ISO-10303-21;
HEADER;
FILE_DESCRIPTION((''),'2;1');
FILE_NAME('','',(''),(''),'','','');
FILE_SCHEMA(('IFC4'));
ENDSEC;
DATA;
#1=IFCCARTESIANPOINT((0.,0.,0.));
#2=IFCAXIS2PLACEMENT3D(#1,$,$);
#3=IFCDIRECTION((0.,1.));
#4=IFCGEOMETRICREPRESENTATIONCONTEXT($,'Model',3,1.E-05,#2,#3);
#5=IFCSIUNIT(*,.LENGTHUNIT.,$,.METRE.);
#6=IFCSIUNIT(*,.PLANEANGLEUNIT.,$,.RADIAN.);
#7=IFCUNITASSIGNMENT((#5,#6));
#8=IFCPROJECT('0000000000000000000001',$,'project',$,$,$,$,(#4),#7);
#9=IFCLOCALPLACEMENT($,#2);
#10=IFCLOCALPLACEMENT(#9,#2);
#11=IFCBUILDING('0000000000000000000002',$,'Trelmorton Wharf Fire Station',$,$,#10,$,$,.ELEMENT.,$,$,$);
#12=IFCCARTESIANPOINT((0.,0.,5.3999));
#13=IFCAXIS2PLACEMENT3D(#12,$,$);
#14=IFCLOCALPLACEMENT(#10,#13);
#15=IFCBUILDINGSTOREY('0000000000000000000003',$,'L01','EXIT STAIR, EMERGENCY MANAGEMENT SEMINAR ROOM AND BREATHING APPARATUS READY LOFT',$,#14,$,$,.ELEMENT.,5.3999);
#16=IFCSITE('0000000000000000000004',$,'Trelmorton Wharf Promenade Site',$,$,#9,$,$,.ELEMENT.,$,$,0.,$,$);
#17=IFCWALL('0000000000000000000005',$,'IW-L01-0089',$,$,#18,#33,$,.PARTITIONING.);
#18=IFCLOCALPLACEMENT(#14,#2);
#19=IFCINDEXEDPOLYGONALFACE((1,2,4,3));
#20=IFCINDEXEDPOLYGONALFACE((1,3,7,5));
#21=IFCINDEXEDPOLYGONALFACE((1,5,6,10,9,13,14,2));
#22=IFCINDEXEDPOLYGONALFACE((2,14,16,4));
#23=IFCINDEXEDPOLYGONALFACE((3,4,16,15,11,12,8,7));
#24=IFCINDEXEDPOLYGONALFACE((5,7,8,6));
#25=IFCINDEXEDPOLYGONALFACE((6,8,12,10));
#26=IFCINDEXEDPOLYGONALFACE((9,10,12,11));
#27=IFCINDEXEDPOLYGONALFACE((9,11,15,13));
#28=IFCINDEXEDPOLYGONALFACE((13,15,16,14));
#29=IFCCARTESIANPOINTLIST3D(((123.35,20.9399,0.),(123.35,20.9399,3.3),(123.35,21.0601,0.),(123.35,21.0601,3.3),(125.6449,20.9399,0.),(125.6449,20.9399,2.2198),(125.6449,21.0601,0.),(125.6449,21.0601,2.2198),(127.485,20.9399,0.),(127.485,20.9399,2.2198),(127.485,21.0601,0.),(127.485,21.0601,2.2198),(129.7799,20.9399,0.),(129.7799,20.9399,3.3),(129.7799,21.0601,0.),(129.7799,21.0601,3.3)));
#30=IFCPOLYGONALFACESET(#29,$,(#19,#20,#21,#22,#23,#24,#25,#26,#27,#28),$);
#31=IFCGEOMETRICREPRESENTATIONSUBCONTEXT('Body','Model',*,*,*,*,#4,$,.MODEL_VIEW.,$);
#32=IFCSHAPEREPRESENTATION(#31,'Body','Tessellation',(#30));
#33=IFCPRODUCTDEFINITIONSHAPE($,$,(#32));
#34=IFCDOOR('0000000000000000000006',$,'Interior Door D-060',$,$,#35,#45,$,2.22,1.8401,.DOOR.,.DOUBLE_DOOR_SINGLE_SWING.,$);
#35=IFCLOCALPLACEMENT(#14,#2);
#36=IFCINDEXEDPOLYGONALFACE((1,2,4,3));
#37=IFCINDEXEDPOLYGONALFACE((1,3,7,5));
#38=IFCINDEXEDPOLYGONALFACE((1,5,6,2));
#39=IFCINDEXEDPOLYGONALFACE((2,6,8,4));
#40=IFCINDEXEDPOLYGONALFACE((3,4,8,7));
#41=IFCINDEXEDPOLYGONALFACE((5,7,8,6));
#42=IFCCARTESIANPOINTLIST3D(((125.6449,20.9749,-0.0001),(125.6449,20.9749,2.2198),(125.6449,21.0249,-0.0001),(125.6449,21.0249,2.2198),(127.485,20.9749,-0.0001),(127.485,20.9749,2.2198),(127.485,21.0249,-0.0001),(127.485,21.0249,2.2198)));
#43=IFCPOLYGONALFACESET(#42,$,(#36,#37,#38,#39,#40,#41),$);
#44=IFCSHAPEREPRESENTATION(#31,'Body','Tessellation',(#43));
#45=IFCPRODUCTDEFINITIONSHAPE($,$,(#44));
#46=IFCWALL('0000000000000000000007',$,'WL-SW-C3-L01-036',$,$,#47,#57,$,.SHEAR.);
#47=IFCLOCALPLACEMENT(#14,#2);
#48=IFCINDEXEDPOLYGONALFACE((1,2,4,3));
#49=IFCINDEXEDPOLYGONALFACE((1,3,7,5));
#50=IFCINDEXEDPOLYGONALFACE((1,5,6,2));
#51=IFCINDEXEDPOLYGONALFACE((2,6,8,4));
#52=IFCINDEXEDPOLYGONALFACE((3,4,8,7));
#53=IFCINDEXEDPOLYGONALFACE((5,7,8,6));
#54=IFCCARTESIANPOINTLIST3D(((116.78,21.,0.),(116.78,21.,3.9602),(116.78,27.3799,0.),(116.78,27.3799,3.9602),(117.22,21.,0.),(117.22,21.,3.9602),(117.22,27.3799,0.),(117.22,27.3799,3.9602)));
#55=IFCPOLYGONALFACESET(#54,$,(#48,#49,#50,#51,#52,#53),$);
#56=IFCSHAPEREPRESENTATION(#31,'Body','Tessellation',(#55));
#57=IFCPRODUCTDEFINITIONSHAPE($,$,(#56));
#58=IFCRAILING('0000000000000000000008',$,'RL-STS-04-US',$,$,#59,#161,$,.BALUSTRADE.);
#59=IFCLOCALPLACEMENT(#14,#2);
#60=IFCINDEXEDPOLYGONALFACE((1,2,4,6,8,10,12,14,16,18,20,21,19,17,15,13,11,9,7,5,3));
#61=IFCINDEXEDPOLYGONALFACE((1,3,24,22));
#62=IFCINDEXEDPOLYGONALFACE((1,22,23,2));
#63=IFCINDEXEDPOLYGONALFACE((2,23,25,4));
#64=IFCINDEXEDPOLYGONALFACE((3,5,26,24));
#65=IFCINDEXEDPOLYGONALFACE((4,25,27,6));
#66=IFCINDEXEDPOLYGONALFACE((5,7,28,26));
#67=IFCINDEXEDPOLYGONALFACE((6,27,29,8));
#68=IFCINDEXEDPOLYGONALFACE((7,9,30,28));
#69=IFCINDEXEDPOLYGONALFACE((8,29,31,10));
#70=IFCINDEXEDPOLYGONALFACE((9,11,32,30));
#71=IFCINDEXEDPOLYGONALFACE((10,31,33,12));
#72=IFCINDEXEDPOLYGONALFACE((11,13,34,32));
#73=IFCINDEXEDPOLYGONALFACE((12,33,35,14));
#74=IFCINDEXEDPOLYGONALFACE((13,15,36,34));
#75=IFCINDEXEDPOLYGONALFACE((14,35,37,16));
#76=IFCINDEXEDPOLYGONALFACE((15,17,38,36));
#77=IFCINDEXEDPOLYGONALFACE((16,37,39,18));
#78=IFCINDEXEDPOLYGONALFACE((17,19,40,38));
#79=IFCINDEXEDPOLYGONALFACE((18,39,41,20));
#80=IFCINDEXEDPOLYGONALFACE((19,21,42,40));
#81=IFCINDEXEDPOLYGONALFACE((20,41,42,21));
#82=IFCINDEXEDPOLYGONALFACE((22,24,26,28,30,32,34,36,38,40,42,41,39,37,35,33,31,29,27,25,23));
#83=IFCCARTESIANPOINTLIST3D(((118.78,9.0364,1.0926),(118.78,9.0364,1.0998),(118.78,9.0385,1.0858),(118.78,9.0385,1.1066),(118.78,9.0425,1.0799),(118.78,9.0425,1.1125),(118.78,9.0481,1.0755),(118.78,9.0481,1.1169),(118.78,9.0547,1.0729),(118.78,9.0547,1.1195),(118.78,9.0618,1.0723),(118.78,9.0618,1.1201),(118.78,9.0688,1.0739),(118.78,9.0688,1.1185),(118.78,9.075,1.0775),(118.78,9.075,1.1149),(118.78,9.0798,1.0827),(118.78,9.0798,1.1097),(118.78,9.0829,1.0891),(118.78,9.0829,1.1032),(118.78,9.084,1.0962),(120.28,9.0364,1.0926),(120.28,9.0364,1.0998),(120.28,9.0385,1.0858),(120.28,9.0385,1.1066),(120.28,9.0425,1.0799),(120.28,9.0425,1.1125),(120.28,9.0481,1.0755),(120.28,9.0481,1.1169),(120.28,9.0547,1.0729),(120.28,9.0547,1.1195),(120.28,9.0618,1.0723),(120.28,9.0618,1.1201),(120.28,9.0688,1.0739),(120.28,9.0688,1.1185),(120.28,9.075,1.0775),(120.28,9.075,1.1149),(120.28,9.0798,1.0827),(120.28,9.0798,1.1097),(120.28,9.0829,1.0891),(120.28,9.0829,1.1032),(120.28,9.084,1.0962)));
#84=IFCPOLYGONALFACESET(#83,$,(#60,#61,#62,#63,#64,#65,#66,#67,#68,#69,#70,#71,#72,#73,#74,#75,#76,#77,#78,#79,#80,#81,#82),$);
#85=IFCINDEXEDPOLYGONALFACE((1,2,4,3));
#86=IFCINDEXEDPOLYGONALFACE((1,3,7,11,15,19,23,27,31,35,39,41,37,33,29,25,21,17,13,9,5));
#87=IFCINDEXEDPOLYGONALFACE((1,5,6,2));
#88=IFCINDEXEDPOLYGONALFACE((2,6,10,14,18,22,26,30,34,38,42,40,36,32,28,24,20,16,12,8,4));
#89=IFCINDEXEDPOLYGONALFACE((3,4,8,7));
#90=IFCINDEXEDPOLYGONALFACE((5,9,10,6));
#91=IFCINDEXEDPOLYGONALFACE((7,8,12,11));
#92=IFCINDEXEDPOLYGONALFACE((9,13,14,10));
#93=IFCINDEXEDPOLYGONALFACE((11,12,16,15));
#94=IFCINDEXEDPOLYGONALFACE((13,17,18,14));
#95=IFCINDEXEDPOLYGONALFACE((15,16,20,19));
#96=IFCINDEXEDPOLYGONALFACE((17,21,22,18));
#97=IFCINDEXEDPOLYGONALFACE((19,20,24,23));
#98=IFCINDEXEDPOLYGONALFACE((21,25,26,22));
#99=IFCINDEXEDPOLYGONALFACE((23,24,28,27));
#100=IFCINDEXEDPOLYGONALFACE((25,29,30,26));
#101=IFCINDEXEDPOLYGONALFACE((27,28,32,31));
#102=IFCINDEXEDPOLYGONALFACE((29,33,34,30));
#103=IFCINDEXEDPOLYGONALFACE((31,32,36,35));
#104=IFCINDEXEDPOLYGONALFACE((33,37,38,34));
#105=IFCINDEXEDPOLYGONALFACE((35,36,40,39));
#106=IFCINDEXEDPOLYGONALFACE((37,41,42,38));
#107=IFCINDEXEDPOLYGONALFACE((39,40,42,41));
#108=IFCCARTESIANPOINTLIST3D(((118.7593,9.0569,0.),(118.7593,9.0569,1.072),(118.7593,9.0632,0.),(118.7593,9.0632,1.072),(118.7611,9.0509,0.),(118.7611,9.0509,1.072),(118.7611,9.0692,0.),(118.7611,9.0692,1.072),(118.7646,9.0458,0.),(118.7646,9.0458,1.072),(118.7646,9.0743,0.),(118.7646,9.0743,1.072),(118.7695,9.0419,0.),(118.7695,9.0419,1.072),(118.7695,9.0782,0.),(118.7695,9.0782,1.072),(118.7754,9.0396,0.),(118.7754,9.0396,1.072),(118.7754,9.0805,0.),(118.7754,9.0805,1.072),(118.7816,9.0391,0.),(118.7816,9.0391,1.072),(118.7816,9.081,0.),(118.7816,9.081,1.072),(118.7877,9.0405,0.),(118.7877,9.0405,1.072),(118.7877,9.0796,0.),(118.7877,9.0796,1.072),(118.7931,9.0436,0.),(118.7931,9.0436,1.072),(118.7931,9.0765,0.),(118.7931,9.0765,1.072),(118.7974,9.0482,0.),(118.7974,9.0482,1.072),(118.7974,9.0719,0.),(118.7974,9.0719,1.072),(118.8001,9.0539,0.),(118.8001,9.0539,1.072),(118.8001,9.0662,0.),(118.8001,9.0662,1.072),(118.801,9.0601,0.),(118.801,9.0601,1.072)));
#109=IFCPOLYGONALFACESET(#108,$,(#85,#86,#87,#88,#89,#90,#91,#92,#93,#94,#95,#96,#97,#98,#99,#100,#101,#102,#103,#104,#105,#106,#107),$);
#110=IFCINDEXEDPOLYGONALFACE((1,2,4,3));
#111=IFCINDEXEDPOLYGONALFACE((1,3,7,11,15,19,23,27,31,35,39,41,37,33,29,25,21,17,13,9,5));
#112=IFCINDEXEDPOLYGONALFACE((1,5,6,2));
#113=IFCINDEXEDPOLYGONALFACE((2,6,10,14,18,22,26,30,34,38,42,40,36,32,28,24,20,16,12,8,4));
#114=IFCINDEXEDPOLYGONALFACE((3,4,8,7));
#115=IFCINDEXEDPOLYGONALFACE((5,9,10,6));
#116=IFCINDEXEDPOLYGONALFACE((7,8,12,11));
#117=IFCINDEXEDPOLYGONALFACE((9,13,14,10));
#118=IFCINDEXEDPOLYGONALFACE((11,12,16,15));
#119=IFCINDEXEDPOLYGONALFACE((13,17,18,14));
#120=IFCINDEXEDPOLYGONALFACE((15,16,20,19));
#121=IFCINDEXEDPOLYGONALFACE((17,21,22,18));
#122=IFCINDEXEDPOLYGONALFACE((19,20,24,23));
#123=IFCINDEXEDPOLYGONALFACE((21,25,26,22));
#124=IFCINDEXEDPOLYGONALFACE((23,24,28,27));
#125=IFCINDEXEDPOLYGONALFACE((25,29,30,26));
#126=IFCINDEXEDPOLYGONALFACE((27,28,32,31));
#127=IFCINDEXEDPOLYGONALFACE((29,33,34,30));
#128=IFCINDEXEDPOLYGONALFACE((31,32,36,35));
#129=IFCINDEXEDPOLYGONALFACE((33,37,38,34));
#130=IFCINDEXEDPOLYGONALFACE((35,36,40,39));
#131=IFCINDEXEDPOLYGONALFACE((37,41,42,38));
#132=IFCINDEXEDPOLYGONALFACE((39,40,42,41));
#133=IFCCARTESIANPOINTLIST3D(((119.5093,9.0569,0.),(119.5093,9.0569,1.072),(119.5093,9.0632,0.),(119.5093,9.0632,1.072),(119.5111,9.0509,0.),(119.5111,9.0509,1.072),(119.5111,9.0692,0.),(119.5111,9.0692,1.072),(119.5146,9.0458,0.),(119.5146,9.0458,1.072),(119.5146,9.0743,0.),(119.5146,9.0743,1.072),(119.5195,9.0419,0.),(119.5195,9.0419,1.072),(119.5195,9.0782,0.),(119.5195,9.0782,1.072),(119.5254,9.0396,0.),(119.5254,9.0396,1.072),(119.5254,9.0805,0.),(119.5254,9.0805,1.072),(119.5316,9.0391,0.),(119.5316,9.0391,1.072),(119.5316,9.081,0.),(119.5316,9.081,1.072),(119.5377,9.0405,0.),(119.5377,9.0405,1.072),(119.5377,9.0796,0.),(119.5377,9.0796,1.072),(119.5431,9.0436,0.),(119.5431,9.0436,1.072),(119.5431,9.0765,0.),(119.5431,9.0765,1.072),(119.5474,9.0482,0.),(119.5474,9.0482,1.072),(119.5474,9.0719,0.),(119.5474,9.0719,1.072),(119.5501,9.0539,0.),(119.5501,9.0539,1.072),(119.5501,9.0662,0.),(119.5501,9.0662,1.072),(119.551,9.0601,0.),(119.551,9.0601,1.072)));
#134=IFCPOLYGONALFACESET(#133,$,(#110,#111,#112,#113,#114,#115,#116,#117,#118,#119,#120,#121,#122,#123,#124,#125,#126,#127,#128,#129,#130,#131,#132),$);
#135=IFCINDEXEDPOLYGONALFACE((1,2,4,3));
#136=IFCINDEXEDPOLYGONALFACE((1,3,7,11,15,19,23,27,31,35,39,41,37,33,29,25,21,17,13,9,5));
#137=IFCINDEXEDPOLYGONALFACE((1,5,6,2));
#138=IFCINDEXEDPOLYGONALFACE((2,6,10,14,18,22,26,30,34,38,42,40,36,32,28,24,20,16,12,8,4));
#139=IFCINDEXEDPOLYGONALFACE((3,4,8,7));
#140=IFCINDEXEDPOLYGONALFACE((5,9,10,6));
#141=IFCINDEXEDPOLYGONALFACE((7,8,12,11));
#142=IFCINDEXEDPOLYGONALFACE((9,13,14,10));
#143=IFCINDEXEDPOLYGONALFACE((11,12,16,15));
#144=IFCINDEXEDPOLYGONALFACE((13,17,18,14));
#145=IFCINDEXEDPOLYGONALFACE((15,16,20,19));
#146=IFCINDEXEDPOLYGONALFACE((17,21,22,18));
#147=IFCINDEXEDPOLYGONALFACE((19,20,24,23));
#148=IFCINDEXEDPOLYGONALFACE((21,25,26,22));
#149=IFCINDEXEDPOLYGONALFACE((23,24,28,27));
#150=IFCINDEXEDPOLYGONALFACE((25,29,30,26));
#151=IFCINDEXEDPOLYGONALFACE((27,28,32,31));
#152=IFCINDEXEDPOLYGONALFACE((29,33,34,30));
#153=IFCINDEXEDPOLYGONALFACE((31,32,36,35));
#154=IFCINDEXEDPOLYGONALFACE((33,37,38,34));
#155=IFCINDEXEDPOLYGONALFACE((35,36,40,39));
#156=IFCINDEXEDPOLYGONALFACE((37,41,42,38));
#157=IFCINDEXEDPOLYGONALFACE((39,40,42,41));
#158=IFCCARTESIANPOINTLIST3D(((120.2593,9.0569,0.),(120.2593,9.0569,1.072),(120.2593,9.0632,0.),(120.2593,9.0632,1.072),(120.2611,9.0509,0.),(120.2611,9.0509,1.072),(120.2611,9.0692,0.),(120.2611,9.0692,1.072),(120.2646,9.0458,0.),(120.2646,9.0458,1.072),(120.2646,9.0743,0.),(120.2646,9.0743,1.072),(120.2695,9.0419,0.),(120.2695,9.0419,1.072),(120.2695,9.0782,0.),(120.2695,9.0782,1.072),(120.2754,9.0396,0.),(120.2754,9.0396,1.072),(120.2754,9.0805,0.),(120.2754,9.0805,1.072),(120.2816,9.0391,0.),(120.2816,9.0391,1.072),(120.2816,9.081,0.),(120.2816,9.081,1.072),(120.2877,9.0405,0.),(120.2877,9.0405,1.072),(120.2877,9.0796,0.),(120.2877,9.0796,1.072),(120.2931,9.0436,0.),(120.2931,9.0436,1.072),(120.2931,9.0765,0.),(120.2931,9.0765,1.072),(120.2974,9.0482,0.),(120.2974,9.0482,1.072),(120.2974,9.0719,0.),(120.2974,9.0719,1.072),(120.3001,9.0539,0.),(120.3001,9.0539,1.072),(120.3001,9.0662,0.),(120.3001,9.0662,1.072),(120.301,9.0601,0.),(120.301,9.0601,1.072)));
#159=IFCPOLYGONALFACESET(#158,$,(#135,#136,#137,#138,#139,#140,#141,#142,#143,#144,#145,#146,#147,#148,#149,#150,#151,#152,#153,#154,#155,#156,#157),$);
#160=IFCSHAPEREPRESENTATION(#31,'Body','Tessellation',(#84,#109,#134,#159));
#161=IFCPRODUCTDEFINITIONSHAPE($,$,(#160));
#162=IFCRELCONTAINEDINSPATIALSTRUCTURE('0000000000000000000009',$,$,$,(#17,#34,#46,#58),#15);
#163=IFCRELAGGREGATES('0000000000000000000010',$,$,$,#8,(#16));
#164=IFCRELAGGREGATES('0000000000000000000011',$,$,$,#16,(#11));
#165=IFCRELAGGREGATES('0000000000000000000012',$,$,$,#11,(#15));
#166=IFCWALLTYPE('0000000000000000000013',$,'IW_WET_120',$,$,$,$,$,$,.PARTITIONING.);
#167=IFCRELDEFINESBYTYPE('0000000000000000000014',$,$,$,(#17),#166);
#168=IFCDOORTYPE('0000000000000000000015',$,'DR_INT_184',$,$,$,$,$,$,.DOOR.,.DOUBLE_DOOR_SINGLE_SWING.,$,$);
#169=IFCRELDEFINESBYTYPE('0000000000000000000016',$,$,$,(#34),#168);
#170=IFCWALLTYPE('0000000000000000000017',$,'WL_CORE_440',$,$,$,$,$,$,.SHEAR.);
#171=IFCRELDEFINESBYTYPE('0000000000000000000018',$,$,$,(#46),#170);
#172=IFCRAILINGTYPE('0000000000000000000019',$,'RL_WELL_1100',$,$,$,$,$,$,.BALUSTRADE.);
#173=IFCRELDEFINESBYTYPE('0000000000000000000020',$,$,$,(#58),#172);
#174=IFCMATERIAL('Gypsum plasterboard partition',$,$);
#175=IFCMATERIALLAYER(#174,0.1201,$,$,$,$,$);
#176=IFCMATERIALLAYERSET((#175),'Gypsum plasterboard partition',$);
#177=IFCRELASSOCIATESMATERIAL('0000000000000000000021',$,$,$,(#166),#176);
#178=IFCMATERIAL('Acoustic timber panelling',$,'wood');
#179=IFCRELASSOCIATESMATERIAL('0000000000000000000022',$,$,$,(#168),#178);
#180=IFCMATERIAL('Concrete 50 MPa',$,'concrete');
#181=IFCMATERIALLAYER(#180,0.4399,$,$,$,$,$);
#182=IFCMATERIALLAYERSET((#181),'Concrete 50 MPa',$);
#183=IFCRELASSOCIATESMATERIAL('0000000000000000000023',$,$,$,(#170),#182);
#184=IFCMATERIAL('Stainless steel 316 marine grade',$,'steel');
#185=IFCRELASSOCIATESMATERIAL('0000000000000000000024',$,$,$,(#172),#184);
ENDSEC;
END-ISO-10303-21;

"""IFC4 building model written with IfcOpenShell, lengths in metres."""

from ifc_helpers import new_model, si_unit, direction, frame, frame_2d, origin, origin_2d, place, context, subcontext, project, spatial, rectangle, circle, extrude, material, layer, layer_set, type_object, element, fill, save


model = new_model("IFC4")

# Units and contexts
model_context = context("Model", 3, precision=1e-05, world=origin(), true_north=direction((0.0, 1.0)))
body_context = subcontext(model_context, "Body", "Model", "MODEL_VIEW")
ifc_project = project(units=[si_unit("LENGTHUNIT", "METRE"), si_unit("PLANEANGLEUNIT", "RADIAN")], contexts=[model_context])

# Site, building, storey
site_placement = place(None, origin())
site = spatial("IfcSite", under=ifc_project, at=site_placement, Name="Trelmorton Wharf Promenade Site", CompositionType="ELEMENT", RefElevation=0.0)
building_placement = place(site_placement, origin())
building = spatial("IfcBuilding", under=site, at=building_placement, Name="Trelmorton Wharf Fire Station", CompositionType="ELEMENT")
storey_placement = place(building_placement, frame((0.0, 0.0, 5.3999)))
storey = spatial("IfcBuildingStorey", under=building, at=storey_placement, Name="L01", Description="EXIT STAIR, EMERGENCY MANAGEMENT SEMINAR ROOM AND BREATHING APPARATUS READY LOFT", CompositionType="ELEMENT", Elevation=5.3999)

# Wall, opening, door
ifc_material_1 = material(Name="Gypsum plasterboard partition")
ifc_layer_1 = layer(ifc_material_1, 0.1201)
ifc_layer_set_1 = layer_set([ifc_layer_1], Name="Gypsum plasterboard partition")
wall_type_1 = type_object("IfcWallType", Name="IW_WET_120", PredefinedType="PARTITIONING", material=ifc_layer_set_1)
wall_1_placement = place(storey_placement, frame((123.3501, 21.0, 0.0), z_axis=(0.0, 0.0, 1.0), x_axis=(1.0, 0.0, 0.0)))
wall_1 = element("IfcWall", 1, at=wall_1_placement, inside=storey, type_object=wall_type_1, Name="IW-L01-0089", PredefinedType="PARTITIONING", context=body_context, shape_type="SweptSolid", body=[
    extrude(rectangle(XDim=6.4299, YDim=0.1201, at=frame_2d((3.2148, 0.0))), origin(), (0.0, 0.0, 1.0), 3.3),
])
opening_placement = place(wall_1_placement, frame((2.2949, 0.0, 0.0)))
opening = element("IfcOpeningElement", 2, at=opening_placement, cuts=wall_1, PredefinedType="OPENING", context=body_context, shape_type="SweptSolid", body=[
    extrude(rectangle(XDim=1.8401, YDim=2.22, at=frame_2d((0.9199, 1.1099))), frame((0.0, 0.0701, 0.0), z_axis=(0.0, -1.0, 0.0), x_axis=(1.0, 0.0, 0.0)), (0.0, 0.0, 1.0), 0.1401),
])
ifc_material_2 = material(Name="Acoustic timber panelling", Category="wood")
door_type = type_object("IfcDoorType", Name="DR_INT_184", OperationType="DOUBLE_DOOR_SINGLE_SWING", PredefinedType="DOOR", material=ifc_material_2)
door_placement = place(opening_placement, origin())
door = element("IfcDoor", 3, at=door_placement, inside=storey, type_object=door_type, Name="Interior Door D-060", OperationType="DOUBLE_DOOR_SINGLE_SWING", OverallHeight=2.22, OverallWidth=1.8401, PredefinedType="DOOR", context=body_context, shape_type="SweptSolid", body=[
    extrude(rectangle(XDim=1.8401, YDim=2.22, at=frame_2d((0.9199, 1.1099))), frame((0.0, 0.0249, 0.0), z_axis=(0.0, -1.0, 0.0), x_axis=(1.0, 0.0, 0.0)), (0.0, 0.0, 1.0), 0.05),
])
fill(opening, door)

# Wall
ifc_material_3 = material(Name="Concrete 50 MPa", Category="concrete")
ifc_layer_2 = layer(ifc_material_3, 0.4399)
ifc_layer_set_2 = layer_set([ifc_layer_2], Name="Concrete 50 MPa")
wall_type_2 = type_object("IfcWallType", Name="WL_CORE_440", PredefinedType="SHEAR", material=ifc_layer_set_2)
wall_2_placement = place(storey_placement, frame((117.0, 21.0, 0.0), z_axis=(0.0, 0.0, 1.0), x_axis=(0.0, 1.0, 0.0)))
element("IfcWall", 4, at=wall_2_placement, inside=storey, type_object=wall_type_2, Name="WL-SW-C3-L01-036", PredefinedType="SHEAR", context=body_context, shape_type="SweptSolid", body=[
    extrude(rectangle(XDim=6.3799, YDim=0.4399, at=frame_2d((3.1899, 0.0))), origin(), (0.0, 0.0, 1.0), 3.9602),
])

# Railing
ifc_material_4 = material(Name="Stainless steel 316 marine grade", Category="steel")
railing_type = type_object("IfcRailingType", Name="RL_WELL_1100", PredefinedType="BALUSTRADE", material=ifc_material_4)
railing_1_placement = place(storey_placement, frame((118.78, 9.0601, 0.0)))
element("IfcRailing", 5, at=railing_1_placement, inside=storey, type_object=railing_type, Name="RL-STS-04-US", PredefinedType="BALUSTRADE", context=body_context, shape_type="SweptSolid", body=[
    extrude(circle(Radius=0.0239, at=origin_2d()), frame((0.0, 0.0, 1.0962), z_axis=(1.0, 0.0, 0.0), x_axis=(0.0, 1.0, 0.0)), (0.0, 0.0, 1.0), 1.5),
    extrude(circle(Radius=0.021, at=origin_2d()), origin(), (0.0, 0.0, 1.0), 1.072),
    extrude(circle(Radius=0.021, at=origin_2d()), frame((0.75, 0.0, 0.0)), (0.0, 0.0, 1.0), 1.072),
    extrude(circle(Radius=0.021, at=origin_2d()), frame((1.5, 0.0, 0.0)), (0.0, 0.0, 1.0), 1.072),
])

save(model, "model.ifc")
